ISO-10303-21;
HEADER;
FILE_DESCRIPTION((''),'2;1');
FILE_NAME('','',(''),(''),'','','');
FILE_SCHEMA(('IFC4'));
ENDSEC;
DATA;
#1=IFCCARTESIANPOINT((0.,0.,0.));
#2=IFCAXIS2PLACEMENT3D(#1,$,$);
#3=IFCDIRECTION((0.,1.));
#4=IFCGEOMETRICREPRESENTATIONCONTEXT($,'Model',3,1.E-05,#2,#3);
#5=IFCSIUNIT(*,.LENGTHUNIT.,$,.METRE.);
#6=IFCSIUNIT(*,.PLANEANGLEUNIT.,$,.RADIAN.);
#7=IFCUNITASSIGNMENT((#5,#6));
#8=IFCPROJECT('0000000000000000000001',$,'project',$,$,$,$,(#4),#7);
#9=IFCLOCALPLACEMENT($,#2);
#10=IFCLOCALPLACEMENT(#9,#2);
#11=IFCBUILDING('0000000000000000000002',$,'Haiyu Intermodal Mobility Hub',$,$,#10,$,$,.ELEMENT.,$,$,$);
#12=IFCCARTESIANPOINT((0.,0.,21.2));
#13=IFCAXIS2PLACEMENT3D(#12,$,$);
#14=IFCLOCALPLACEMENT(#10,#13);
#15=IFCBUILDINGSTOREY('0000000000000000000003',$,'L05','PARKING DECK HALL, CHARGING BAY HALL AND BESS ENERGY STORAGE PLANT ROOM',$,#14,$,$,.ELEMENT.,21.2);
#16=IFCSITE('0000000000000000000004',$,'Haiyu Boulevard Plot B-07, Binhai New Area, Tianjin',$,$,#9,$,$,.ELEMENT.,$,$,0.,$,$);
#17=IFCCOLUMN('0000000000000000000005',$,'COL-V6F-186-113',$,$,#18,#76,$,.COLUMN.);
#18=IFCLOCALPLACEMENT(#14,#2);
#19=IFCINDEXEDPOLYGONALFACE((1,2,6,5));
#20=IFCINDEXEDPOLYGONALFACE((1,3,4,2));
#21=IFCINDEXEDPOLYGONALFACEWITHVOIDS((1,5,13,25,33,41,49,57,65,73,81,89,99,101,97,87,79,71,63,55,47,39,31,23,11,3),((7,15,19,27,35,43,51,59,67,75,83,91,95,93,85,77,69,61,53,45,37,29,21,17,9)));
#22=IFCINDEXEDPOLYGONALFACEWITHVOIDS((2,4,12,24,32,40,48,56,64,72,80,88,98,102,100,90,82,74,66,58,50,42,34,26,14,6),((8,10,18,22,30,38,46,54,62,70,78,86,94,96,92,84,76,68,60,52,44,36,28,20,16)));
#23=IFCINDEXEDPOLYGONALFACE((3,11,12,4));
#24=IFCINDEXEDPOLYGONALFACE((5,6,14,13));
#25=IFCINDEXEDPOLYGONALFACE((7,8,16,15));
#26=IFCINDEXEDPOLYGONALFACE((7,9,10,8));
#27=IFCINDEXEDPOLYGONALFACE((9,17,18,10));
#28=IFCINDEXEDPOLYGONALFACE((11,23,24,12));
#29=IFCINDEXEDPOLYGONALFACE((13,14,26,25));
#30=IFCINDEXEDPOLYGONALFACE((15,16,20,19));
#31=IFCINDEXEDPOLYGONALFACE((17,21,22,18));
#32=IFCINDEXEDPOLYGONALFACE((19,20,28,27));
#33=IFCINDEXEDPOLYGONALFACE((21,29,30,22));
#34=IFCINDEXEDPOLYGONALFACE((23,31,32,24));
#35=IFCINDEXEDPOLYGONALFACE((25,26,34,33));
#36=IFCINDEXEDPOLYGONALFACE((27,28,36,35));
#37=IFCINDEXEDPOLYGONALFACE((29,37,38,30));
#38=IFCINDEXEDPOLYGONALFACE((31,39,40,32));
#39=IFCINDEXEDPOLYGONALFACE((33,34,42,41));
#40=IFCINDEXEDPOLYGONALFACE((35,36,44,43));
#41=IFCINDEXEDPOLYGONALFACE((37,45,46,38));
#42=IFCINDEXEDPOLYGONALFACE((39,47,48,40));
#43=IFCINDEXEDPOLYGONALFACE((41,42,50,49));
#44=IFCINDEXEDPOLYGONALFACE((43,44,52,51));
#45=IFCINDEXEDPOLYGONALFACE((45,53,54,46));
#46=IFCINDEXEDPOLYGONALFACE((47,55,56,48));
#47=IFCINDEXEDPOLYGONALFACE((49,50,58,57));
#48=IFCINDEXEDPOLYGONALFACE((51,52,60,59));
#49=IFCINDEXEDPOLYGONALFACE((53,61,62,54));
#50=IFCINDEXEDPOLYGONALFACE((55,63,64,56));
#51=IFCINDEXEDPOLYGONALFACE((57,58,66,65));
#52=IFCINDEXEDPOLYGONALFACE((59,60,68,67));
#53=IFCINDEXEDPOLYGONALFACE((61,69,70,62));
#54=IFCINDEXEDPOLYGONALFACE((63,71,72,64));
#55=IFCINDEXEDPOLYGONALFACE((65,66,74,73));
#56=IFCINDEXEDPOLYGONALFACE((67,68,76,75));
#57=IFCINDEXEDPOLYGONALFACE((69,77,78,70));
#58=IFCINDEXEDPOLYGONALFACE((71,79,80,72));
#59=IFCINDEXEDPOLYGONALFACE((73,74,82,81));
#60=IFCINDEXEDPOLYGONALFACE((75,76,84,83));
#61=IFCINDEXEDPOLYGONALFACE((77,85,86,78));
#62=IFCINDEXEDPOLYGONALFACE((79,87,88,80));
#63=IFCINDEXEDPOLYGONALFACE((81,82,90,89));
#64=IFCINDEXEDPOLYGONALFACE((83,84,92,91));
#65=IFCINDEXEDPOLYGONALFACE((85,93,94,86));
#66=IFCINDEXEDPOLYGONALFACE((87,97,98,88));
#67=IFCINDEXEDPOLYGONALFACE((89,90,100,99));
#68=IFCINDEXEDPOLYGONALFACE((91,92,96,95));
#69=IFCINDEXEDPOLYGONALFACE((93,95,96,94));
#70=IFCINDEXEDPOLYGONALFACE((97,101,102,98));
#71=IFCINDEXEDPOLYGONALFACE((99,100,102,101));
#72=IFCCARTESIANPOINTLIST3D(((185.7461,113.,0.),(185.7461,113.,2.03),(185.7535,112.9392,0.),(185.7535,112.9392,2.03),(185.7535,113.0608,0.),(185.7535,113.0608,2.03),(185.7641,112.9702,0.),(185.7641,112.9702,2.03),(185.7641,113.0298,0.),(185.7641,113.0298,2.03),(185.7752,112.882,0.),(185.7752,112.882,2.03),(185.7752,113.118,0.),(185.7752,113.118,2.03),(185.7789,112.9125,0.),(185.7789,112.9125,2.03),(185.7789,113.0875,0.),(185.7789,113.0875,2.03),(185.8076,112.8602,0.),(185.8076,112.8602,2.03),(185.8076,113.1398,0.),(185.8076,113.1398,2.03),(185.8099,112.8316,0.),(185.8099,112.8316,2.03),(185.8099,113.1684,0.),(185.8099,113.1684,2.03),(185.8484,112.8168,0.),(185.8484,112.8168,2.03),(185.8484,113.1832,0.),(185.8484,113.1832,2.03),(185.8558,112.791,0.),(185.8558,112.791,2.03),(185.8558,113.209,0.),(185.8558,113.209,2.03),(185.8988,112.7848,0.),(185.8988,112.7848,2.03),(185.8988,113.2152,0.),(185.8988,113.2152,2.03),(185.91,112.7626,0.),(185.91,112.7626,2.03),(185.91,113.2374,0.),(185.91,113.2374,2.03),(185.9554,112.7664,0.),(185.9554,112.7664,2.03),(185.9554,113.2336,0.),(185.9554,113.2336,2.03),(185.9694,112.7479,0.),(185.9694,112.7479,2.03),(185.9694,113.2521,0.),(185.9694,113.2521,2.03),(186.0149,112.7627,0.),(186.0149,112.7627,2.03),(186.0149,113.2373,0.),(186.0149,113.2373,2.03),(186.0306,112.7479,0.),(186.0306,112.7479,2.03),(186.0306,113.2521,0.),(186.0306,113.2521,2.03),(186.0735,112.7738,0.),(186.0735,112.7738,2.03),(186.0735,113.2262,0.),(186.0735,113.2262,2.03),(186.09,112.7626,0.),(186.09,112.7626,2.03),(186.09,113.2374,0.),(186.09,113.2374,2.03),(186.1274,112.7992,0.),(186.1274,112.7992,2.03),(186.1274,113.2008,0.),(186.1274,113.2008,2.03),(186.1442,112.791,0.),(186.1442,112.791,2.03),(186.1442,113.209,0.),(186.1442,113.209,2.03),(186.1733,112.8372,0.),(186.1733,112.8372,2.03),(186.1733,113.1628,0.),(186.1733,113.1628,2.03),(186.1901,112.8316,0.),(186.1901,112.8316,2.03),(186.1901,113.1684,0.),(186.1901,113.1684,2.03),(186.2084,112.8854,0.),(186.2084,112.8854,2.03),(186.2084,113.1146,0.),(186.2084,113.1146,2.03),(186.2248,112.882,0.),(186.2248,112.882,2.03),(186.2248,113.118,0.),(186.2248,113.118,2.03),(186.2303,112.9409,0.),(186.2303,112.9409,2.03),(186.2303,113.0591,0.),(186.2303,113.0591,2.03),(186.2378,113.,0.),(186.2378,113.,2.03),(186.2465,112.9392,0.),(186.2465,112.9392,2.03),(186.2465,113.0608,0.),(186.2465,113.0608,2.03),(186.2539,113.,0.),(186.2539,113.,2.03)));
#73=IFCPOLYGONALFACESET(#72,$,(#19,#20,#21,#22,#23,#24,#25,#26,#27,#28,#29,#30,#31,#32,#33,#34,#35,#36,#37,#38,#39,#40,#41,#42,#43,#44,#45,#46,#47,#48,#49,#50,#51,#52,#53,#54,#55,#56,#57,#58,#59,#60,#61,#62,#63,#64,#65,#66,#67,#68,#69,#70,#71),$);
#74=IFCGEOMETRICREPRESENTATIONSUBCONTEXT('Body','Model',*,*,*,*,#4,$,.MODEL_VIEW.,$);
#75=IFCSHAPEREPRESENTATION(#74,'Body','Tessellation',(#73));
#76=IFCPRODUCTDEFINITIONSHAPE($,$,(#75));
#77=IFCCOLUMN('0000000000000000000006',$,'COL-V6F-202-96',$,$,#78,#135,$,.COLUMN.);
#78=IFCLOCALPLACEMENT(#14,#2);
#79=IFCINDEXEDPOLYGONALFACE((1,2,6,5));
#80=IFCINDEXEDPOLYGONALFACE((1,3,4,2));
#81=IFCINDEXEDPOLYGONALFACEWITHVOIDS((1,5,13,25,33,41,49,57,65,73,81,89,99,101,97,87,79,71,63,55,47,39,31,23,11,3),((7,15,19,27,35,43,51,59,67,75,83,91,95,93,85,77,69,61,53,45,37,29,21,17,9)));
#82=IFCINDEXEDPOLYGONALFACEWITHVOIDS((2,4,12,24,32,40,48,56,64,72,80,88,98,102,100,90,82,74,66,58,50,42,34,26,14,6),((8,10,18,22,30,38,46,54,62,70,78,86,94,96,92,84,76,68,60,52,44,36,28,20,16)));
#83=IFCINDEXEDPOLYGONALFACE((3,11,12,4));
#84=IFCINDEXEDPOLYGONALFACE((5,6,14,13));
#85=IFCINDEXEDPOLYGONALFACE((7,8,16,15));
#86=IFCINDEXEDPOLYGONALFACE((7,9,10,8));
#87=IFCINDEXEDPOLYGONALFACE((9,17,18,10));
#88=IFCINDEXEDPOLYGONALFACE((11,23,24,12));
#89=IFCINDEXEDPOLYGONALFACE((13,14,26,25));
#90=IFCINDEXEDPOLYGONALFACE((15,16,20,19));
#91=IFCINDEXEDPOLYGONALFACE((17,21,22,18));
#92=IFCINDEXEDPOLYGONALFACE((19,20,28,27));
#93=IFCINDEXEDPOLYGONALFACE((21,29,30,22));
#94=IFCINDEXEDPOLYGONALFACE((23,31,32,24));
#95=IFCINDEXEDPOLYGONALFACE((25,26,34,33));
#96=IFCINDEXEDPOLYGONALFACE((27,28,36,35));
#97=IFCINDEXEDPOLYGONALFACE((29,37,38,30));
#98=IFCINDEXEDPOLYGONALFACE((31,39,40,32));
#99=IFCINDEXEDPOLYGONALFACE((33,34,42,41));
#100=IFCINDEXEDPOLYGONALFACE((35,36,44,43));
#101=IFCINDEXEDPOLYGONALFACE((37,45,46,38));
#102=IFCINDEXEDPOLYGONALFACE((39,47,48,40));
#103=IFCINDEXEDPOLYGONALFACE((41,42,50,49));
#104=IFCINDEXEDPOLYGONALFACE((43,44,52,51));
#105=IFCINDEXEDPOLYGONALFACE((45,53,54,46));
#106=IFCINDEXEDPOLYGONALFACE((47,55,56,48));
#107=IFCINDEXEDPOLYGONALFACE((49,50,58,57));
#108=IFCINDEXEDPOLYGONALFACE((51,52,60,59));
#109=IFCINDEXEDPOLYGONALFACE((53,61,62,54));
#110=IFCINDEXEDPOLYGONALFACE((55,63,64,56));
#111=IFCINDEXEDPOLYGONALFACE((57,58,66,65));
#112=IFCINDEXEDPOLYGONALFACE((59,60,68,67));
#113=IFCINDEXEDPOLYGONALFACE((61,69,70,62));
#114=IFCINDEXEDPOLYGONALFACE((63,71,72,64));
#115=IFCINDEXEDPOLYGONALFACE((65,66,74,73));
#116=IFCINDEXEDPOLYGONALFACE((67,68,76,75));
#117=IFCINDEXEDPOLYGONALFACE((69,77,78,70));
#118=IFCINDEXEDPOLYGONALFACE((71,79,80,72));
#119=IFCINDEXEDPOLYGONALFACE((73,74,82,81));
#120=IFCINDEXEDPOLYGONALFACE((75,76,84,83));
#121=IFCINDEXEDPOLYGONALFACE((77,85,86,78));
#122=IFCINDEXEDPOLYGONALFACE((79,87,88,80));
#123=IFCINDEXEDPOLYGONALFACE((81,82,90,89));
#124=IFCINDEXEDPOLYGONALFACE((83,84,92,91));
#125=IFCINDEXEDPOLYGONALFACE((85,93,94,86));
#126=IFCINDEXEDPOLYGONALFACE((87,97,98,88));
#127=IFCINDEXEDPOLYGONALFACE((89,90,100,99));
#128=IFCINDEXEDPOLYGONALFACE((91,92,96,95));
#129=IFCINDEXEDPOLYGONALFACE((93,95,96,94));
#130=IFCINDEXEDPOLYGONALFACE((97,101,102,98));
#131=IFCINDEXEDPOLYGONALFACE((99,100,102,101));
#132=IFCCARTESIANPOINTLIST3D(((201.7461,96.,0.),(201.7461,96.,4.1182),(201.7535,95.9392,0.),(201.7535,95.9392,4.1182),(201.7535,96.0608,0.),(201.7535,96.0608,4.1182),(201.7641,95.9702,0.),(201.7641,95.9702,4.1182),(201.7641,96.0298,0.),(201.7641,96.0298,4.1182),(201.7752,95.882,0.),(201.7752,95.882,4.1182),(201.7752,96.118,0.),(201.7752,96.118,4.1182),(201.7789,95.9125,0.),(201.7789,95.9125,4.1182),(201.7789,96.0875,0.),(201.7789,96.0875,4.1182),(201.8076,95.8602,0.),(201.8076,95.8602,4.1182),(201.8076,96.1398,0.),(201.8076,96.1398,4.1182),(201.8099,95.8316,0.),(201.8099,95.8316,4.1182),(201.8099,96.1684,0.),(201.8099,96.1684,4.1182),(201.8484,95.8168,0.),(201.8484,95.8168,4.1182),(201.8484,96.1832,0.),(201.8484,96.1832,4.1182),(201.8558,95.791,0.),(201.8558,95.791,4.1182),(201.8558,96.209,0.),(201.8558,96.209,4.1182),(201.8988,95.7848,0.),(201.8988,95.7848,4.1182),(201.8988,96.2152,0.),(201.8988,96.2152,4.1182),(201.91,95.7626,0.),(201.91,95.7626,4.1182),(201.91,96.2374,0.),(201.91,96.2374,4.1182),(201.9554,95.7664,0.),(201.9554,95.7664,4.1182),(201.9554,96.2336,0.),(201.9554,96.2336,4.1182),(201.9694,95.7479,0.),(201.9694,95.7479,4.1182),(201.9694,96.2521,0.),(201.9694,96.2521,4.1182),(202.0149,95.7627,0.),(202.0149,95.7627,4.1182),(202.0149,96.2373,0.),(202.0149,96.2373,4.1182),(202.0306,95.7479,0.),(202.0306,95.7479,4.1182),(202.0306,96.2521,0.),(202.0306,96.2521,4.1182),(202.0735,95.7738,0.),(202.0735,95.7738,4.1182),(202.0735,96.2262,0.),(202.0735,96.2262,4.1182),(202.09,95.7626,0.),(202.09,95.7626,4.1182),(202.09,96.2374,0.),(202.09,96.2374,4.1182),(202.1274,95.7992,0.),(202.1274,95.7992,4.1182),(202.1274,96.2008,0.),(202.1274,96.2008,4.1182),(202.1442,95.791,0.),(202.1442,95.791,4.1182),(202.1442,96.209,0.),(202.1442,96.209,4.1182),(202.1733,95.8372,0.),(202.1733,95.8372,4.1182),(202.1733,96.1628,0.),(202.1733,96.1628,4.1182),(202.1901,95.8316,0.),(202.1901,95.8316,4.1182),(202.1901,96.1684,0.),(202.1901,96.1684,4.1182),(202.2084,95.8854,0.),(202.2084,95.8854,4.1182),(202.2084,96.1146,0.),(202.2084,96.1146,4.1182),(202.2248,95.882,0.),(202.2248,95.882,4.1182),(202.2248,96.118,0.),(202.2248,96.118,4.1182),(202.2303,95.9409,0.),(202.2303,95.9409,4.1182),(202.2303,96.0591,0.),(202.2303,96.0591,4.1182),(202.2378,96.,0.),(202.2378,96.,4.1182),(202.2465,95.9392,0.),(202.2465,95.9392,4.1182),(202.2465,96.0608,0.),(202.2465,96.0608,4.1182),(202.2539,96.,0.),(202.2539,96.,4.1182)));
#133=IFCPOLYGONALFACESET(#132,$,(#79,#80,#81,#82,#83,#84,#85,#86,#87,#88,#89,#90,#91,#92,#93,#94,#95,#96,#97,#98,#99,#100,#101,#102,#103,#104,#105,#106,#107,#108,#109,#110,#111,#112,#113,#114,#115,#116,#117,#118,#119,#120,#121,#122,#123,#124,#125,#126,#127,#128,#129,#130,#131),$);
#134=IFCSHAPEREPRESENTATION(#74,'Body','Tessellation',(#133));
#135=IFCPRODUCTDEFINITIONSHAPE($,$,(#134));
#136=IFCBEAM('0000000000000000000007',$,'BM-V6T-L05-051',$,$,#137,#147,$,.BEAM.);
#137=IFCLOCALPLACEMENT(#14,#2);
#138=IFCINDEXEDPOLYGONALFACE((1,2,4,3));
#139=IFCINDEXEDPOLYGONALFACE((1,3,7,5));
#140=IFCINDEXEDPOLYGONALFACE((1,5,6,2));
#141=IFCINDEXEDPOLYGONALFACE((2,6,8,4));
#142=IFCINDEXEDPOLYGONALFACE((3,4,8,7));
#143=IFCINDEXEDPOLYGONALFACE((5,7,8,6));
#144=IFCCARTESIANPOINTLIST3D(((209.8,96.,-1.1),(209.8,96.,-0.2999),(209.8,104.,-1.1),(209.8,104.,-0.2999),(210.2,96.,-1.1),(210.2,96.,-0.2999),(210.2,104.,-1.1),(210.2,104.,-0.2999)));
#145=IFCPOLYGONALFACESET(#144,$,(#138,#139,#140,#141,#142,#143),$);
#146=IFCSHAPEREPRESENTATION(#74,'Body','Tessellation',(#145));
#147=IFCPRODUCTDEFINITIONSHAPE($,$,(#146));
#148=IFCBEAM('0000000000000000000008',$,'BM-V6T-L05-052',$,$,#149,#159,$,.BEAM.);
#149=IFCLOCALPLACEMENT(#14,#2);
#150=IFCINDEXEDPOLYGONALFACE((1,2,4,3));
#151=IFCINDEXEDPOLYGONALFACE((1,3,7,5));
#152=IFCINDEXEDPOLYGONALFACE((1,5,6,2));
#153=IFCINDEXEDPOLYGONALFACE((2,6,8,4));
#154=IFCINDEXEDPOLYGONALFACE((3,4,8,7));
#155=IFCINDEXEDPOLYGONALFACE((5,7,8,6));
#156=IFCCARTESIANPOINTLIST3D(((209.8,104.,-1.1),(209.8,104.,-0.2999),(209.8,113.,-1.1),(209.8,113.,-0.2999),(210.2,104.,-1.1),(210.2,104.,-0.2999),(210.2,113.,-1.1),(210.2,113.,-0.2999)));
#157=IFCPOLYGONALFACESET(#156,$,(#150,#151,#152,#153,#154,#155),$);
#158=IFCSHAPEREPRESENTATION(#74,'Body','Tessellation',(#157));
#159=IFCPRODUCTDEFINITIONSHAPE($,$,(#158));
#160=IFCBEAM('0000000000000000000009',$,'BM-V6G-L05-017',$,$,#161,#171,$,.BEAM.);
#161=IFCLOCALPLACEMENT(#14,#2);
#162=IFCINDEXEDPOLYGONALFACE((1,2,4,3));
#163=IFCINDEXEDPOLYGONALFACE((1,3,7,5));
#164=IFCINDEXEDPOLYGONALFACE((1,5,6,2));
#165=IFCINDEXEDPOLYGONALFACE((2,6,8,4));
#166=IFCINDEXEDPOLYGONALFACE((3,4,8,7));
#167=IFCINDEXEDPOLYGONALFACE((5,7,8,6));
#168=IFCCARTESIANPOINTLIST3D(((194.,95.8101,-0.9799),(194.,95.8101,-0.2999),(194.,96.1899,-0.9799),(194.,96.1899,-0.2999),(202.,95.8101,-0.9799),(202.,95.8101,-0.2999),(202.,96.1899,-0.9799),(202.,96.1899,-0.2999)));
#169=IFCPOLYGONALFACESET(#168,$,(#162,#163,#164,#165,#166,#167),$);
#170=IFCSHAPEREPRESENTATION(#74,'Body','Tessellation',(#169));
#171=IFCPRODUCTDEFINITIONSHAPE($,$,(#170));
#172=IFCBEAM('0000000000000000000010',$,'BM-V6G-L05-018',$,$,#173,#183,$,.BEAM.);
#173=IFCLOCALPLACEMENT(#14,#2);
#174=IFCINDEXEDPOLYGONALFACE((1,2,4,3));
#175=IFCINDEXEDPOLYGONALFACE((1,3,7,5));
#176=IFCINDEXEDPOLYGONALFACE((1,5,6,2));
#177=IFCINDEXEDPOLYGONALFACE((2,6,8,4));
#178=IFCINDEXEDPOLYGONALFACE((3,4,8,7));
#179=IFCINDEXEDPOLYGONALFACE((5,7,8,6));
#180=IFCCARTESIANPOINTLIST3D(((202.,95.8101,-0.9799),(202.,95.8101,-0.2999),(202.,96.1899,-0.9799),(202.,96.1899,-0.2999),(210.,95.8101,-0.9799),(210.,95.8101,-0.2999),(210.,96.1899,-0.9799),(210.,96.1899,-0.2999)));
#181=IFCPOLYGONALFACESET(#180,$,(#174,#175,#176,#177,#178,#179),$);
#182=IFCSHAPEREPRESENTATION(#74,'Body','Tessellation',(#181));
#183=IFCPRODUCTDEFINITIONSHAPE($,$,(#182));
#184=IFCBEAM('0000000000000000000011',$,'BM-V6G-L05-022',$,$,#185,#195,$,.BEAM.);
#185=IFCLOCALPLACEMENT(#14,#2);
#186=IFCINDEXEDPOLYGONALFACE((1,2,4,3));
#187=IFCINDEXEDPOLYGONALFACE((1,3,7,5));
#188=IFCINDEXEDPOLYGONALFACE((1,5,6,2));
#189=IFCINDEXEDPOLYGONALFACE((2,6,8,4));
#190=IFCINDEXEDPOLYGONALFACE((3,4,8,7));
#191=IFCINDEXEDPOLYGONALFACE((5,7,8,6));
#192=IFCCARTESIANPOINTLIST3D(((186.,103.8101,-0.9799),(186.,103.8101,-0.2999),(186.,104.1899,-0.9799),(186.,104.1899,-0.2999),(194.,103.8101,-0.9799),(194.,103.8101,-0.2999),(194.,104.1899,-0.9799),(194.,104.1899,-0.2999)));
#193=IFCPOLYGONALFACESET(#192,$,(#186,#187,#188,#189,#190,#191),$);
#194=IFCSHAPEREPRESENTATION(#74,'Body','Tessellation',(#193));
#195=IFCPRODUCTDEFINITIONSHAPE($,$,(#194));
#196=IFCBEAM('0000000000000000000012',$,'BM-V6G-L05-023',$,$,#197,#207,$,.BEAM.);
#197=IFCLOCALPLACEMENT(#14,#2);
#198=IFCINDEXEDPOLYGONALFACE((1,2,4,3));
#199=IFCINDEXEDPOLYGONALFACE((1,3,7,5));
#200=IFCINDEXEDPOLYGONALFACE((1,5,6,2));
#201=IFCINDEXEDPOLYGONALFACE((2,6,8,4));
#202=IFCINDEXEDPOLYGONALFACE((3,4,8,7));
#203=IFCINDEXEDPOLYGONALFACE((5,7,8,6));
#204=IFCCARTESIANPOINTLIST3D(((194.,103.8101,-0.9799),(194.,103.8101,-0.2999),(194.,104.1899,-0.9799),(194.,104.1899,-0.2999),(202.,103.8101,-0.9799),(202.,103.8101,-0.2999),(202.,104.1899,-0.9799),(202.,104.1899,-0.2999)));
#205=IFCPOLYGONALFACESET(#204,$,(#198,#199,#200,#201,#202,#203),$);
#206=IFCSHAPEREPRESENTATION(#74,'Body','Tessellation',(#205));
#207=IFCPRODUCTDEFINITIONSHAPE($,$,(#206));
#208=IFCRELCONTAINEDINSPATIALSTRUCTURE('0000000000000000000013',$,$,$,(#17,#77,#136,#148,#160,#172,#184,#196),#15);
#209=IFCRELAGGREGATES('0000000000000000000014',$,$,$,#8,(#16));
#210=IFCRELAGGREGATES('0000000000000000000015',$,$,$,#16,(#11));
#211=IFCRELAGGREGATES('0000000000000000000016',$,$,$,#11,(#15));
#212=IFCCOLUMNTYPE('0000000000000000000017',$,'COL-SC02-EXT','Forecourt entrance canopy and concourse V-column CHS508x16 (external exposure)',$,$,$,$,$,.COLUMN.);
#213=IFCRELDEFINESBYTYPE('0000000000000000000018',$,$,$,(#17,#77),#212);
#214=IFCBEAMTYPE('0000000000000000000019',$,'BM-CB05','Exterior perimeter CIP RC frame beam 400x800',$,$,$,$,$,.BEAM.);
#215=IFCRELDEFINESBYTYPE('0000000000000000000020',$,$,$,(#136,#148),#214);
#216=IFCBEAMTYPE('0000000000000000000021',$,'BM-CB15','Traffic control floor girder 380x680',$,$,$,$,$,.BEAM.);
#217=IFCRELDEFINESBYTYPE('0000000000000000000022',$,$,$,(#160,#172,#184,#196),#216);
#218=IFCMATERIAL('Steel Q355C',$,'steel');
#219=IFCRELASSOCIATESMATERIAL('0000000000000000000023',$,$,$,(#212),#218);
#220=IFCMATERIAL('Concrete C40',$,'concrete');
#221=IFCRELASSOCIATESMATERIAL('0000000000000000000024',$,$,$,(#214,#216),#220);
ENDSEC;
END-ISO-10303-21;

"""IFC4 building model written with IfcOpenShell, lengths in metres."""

from ifc_helpers import new_model, si_unit, direction, frame, origin, origin_2d, place, context, subcontext, project, spatial, rectangle, hollow_circle, extrude, material, material_profile, profile_set, type_object, element, save


model = new_model("IFC4")

# Units and contexts
model_context = context("Model", 3, precision=1e-05, world=origin(), true_north=direction((0.0, 1.0)))
body_context = subcontext(model_context, "Body", "Model", "MODEL_VIEW")
ifc_project = project(units=[si_unit("LENGTHUNIT", "METRE"), si_unit("PLANEANGLEUNIT", "RADIAN")], contexts=[model_context])

# Site, building, storey
site_placement = place(None, origin())
site = spatial("IfcSite", under=ifc_project, at=site_placement, Name="Haiyu Boulevard Plot B-07, Binhai New Area, Tianjin", CompositionType="ELEMENT", RefElevation=0.0)
building_placement = place(site_placement, origin())
building = spatial("IfcBuilding", under=site, at=building_placement, Name="Haiyu Intermodal Mobility Hub", CompositionType="ELEMENT")
storey_placement = place(building_placement, frame((0.0, 0.0, 21.2)))
storey = spatial("IfcBuildingStorey", under=building, at=storey_placement, Name="L05", Description="PARKING DECK HALL, CHARGING BAY HALL AND BESS ENERGY STORAGE PLANT ROOM", CompositionType="ELEMENT", Elevation=21.2)

# Columns
ifc_material_1 = material(Name="Steel Q355C", Category="steel")
ifc_material_profile_1 = material_profile(ifc_material_1, hollow_circle(Radius=0.2539, WallThickness=0.0161, at=origin_2d()), Name="CHS508x16")
ifc_profile_set_1 = profile_set([ifc_material_profile_1], Name="Steel Q355C")
column_type = type_object("IfcColumnType", Name="COL-SC02-EXT", Description="Forecourt entrance canopy and concourse V-column CHS508x16 (external exposure)", PredefinedType="COLUMN", material=ifc_profile_set_1)
column_1_placement = place(storey_placement, frame((186.0, 113.0, 0.0), z_axis=(0.0, 0.0, 1.0), x_axis=(1.0, 0.0, 0.0)))
element("IfcColumn", 1, at=column_1_placement, inside=storey, type_object=column_type, Name="COL-V6F-186-113", PredefinedType="COLUMN", context=body_context, shape_type="SweptSolid", body=[
    extrude(hollow_circle(Radius=0.2539, WallThickness=0.0161, at=origin_2d()), origin(), (0.0, 0.0, 1.0), 2.03),
])
column_2_placement = place(storey_placement, frame((202.0, 96.0, 0.0), z_axis=(0.0, 0.0, 1.0), x_axis=(1.0, 0.0, 0.0)))
element("IfcColumn", 2, at=column_2_placement, inside=storey, type_object=column_type, Name="COL-V6F-202-96", PredefinedType="COLUMN", context=body_context, shape_type="SweptSolid", body=[
    extrude(hollow_circle(Radius=0.2539, WallThickness=0.0161, at=origin_2d()), origin(), (0.0, 0.0, 1.0), 4.1182),
])

# Beams
ifc_material_2 = material(Name="Concrete C40", Category="concrete")
ifc_material_profile_2 = material_profile(ifc_material_2, rectangle(XDim=0.3999, YDim=0.8, at=origin_2d()), Name="RCB400x800")
ifc_profile_set_2 = profile_set([ifc_material_profile_2], Name="Concrete C40")
beam_type_1 = type_object("IfcBeamType", Name="BM-CB05", Description="Exterior perimeter CIP RC frame beam 400x800", PredefinedType="BEAM", material=ifc_profile_set_2)
beam_1_placement = place(storey_placement, frame((210.0, 96.0, -0.7), z_axis=(0.0, 1.0, 0.0), x_axis=(-1.0, 0.0, 0.0)))
element("IfcBeam", 3, at=beam_1_placement, inside=storey, type_object=beam_type_1, Name="BM-V6T-L05-051", PredefinedType="BEAM", context=body_context, shape_type="SweptSolid", body=[
    extrude(rectangle(XDim=0.3999, YDim=0.8, at=origin_2d()), origin(), (0.0, 0.0, 1.0), 8.0),
])
beam_2_placement = place(storey_placement, frame((210.0, 104.0, -0.7), z_axis=(0.0, 1.0, 0.0), x_axis=(-1.0, 0.0, 0.0)))
element("IfcBeam", 4, at=beam_2_placement, inside=storey, type_object=beam_type_1, Name="BM-V6T-L05-052", PredefinedType="BEAM", context=body_context, shape_type="SweptSolid", body=[
    extrude(rectangle(XDim=0.3999, YDim=0.8, at=origin_2d()), origin(), (0.0, 0.0, 1.0), 9.0),
])
ifc_material_profile_3 = material_profile(ifc_material_2, rectangle(XDim=0.3799, YDim=0.6799, at=origin_2d()), Name="B380x680")
ifc_profile_set_3 = profile_set([ifc_material_profile_3], Name="Concrete C40")
beam_type_2 = type_object("IfcBeamType", Name="BM-CB15", Description="Traffic control floor girder 380x680", PredefinedType="BEAM", material=ifc_profile_set_3)
for number, where, z_axis, x_axis, name in (
    (5, (194.0, 96.0, -0.6399), (1.0, 0.0, 0.0), (0.0, 1.0, 0.0), "BM-V6G-L05-017"),
    (6, (202.0, 96.0, -0.6399), (1.0, 0.0, 0.0), (0.0, 1.0, 0.0), "BM-V6G-L05-018"),
    (7, (186.0, 104.0, -0.6399), (1.0, 0.0, 0.0), (0.0, 1.0, 0.0), "BM-V6G-L05-022"),
    (8, (194.0, 104.0, -0.6399), (1.0, 0.0, 0.0), (0.0, 1.0, 0.0), "BM-V6G-L05-023"),
):
    element("IfcBeam", number, at=place(storey_placement, frame(where, z_axis=z_axis, x_axis=x_axis)), inside=storey, type_object=beam_type_2, Name=name, PredefinedType="BEAM", context=body_context, shape_type="SweptSolid", body=[
        extrude(rectangle(XDim=0.3799, YDim=0.6799, at=origin_2d()), origin(), (0.0, 0.0, 1.0), 8.0),
    ])

save(model, "model.ifc")
